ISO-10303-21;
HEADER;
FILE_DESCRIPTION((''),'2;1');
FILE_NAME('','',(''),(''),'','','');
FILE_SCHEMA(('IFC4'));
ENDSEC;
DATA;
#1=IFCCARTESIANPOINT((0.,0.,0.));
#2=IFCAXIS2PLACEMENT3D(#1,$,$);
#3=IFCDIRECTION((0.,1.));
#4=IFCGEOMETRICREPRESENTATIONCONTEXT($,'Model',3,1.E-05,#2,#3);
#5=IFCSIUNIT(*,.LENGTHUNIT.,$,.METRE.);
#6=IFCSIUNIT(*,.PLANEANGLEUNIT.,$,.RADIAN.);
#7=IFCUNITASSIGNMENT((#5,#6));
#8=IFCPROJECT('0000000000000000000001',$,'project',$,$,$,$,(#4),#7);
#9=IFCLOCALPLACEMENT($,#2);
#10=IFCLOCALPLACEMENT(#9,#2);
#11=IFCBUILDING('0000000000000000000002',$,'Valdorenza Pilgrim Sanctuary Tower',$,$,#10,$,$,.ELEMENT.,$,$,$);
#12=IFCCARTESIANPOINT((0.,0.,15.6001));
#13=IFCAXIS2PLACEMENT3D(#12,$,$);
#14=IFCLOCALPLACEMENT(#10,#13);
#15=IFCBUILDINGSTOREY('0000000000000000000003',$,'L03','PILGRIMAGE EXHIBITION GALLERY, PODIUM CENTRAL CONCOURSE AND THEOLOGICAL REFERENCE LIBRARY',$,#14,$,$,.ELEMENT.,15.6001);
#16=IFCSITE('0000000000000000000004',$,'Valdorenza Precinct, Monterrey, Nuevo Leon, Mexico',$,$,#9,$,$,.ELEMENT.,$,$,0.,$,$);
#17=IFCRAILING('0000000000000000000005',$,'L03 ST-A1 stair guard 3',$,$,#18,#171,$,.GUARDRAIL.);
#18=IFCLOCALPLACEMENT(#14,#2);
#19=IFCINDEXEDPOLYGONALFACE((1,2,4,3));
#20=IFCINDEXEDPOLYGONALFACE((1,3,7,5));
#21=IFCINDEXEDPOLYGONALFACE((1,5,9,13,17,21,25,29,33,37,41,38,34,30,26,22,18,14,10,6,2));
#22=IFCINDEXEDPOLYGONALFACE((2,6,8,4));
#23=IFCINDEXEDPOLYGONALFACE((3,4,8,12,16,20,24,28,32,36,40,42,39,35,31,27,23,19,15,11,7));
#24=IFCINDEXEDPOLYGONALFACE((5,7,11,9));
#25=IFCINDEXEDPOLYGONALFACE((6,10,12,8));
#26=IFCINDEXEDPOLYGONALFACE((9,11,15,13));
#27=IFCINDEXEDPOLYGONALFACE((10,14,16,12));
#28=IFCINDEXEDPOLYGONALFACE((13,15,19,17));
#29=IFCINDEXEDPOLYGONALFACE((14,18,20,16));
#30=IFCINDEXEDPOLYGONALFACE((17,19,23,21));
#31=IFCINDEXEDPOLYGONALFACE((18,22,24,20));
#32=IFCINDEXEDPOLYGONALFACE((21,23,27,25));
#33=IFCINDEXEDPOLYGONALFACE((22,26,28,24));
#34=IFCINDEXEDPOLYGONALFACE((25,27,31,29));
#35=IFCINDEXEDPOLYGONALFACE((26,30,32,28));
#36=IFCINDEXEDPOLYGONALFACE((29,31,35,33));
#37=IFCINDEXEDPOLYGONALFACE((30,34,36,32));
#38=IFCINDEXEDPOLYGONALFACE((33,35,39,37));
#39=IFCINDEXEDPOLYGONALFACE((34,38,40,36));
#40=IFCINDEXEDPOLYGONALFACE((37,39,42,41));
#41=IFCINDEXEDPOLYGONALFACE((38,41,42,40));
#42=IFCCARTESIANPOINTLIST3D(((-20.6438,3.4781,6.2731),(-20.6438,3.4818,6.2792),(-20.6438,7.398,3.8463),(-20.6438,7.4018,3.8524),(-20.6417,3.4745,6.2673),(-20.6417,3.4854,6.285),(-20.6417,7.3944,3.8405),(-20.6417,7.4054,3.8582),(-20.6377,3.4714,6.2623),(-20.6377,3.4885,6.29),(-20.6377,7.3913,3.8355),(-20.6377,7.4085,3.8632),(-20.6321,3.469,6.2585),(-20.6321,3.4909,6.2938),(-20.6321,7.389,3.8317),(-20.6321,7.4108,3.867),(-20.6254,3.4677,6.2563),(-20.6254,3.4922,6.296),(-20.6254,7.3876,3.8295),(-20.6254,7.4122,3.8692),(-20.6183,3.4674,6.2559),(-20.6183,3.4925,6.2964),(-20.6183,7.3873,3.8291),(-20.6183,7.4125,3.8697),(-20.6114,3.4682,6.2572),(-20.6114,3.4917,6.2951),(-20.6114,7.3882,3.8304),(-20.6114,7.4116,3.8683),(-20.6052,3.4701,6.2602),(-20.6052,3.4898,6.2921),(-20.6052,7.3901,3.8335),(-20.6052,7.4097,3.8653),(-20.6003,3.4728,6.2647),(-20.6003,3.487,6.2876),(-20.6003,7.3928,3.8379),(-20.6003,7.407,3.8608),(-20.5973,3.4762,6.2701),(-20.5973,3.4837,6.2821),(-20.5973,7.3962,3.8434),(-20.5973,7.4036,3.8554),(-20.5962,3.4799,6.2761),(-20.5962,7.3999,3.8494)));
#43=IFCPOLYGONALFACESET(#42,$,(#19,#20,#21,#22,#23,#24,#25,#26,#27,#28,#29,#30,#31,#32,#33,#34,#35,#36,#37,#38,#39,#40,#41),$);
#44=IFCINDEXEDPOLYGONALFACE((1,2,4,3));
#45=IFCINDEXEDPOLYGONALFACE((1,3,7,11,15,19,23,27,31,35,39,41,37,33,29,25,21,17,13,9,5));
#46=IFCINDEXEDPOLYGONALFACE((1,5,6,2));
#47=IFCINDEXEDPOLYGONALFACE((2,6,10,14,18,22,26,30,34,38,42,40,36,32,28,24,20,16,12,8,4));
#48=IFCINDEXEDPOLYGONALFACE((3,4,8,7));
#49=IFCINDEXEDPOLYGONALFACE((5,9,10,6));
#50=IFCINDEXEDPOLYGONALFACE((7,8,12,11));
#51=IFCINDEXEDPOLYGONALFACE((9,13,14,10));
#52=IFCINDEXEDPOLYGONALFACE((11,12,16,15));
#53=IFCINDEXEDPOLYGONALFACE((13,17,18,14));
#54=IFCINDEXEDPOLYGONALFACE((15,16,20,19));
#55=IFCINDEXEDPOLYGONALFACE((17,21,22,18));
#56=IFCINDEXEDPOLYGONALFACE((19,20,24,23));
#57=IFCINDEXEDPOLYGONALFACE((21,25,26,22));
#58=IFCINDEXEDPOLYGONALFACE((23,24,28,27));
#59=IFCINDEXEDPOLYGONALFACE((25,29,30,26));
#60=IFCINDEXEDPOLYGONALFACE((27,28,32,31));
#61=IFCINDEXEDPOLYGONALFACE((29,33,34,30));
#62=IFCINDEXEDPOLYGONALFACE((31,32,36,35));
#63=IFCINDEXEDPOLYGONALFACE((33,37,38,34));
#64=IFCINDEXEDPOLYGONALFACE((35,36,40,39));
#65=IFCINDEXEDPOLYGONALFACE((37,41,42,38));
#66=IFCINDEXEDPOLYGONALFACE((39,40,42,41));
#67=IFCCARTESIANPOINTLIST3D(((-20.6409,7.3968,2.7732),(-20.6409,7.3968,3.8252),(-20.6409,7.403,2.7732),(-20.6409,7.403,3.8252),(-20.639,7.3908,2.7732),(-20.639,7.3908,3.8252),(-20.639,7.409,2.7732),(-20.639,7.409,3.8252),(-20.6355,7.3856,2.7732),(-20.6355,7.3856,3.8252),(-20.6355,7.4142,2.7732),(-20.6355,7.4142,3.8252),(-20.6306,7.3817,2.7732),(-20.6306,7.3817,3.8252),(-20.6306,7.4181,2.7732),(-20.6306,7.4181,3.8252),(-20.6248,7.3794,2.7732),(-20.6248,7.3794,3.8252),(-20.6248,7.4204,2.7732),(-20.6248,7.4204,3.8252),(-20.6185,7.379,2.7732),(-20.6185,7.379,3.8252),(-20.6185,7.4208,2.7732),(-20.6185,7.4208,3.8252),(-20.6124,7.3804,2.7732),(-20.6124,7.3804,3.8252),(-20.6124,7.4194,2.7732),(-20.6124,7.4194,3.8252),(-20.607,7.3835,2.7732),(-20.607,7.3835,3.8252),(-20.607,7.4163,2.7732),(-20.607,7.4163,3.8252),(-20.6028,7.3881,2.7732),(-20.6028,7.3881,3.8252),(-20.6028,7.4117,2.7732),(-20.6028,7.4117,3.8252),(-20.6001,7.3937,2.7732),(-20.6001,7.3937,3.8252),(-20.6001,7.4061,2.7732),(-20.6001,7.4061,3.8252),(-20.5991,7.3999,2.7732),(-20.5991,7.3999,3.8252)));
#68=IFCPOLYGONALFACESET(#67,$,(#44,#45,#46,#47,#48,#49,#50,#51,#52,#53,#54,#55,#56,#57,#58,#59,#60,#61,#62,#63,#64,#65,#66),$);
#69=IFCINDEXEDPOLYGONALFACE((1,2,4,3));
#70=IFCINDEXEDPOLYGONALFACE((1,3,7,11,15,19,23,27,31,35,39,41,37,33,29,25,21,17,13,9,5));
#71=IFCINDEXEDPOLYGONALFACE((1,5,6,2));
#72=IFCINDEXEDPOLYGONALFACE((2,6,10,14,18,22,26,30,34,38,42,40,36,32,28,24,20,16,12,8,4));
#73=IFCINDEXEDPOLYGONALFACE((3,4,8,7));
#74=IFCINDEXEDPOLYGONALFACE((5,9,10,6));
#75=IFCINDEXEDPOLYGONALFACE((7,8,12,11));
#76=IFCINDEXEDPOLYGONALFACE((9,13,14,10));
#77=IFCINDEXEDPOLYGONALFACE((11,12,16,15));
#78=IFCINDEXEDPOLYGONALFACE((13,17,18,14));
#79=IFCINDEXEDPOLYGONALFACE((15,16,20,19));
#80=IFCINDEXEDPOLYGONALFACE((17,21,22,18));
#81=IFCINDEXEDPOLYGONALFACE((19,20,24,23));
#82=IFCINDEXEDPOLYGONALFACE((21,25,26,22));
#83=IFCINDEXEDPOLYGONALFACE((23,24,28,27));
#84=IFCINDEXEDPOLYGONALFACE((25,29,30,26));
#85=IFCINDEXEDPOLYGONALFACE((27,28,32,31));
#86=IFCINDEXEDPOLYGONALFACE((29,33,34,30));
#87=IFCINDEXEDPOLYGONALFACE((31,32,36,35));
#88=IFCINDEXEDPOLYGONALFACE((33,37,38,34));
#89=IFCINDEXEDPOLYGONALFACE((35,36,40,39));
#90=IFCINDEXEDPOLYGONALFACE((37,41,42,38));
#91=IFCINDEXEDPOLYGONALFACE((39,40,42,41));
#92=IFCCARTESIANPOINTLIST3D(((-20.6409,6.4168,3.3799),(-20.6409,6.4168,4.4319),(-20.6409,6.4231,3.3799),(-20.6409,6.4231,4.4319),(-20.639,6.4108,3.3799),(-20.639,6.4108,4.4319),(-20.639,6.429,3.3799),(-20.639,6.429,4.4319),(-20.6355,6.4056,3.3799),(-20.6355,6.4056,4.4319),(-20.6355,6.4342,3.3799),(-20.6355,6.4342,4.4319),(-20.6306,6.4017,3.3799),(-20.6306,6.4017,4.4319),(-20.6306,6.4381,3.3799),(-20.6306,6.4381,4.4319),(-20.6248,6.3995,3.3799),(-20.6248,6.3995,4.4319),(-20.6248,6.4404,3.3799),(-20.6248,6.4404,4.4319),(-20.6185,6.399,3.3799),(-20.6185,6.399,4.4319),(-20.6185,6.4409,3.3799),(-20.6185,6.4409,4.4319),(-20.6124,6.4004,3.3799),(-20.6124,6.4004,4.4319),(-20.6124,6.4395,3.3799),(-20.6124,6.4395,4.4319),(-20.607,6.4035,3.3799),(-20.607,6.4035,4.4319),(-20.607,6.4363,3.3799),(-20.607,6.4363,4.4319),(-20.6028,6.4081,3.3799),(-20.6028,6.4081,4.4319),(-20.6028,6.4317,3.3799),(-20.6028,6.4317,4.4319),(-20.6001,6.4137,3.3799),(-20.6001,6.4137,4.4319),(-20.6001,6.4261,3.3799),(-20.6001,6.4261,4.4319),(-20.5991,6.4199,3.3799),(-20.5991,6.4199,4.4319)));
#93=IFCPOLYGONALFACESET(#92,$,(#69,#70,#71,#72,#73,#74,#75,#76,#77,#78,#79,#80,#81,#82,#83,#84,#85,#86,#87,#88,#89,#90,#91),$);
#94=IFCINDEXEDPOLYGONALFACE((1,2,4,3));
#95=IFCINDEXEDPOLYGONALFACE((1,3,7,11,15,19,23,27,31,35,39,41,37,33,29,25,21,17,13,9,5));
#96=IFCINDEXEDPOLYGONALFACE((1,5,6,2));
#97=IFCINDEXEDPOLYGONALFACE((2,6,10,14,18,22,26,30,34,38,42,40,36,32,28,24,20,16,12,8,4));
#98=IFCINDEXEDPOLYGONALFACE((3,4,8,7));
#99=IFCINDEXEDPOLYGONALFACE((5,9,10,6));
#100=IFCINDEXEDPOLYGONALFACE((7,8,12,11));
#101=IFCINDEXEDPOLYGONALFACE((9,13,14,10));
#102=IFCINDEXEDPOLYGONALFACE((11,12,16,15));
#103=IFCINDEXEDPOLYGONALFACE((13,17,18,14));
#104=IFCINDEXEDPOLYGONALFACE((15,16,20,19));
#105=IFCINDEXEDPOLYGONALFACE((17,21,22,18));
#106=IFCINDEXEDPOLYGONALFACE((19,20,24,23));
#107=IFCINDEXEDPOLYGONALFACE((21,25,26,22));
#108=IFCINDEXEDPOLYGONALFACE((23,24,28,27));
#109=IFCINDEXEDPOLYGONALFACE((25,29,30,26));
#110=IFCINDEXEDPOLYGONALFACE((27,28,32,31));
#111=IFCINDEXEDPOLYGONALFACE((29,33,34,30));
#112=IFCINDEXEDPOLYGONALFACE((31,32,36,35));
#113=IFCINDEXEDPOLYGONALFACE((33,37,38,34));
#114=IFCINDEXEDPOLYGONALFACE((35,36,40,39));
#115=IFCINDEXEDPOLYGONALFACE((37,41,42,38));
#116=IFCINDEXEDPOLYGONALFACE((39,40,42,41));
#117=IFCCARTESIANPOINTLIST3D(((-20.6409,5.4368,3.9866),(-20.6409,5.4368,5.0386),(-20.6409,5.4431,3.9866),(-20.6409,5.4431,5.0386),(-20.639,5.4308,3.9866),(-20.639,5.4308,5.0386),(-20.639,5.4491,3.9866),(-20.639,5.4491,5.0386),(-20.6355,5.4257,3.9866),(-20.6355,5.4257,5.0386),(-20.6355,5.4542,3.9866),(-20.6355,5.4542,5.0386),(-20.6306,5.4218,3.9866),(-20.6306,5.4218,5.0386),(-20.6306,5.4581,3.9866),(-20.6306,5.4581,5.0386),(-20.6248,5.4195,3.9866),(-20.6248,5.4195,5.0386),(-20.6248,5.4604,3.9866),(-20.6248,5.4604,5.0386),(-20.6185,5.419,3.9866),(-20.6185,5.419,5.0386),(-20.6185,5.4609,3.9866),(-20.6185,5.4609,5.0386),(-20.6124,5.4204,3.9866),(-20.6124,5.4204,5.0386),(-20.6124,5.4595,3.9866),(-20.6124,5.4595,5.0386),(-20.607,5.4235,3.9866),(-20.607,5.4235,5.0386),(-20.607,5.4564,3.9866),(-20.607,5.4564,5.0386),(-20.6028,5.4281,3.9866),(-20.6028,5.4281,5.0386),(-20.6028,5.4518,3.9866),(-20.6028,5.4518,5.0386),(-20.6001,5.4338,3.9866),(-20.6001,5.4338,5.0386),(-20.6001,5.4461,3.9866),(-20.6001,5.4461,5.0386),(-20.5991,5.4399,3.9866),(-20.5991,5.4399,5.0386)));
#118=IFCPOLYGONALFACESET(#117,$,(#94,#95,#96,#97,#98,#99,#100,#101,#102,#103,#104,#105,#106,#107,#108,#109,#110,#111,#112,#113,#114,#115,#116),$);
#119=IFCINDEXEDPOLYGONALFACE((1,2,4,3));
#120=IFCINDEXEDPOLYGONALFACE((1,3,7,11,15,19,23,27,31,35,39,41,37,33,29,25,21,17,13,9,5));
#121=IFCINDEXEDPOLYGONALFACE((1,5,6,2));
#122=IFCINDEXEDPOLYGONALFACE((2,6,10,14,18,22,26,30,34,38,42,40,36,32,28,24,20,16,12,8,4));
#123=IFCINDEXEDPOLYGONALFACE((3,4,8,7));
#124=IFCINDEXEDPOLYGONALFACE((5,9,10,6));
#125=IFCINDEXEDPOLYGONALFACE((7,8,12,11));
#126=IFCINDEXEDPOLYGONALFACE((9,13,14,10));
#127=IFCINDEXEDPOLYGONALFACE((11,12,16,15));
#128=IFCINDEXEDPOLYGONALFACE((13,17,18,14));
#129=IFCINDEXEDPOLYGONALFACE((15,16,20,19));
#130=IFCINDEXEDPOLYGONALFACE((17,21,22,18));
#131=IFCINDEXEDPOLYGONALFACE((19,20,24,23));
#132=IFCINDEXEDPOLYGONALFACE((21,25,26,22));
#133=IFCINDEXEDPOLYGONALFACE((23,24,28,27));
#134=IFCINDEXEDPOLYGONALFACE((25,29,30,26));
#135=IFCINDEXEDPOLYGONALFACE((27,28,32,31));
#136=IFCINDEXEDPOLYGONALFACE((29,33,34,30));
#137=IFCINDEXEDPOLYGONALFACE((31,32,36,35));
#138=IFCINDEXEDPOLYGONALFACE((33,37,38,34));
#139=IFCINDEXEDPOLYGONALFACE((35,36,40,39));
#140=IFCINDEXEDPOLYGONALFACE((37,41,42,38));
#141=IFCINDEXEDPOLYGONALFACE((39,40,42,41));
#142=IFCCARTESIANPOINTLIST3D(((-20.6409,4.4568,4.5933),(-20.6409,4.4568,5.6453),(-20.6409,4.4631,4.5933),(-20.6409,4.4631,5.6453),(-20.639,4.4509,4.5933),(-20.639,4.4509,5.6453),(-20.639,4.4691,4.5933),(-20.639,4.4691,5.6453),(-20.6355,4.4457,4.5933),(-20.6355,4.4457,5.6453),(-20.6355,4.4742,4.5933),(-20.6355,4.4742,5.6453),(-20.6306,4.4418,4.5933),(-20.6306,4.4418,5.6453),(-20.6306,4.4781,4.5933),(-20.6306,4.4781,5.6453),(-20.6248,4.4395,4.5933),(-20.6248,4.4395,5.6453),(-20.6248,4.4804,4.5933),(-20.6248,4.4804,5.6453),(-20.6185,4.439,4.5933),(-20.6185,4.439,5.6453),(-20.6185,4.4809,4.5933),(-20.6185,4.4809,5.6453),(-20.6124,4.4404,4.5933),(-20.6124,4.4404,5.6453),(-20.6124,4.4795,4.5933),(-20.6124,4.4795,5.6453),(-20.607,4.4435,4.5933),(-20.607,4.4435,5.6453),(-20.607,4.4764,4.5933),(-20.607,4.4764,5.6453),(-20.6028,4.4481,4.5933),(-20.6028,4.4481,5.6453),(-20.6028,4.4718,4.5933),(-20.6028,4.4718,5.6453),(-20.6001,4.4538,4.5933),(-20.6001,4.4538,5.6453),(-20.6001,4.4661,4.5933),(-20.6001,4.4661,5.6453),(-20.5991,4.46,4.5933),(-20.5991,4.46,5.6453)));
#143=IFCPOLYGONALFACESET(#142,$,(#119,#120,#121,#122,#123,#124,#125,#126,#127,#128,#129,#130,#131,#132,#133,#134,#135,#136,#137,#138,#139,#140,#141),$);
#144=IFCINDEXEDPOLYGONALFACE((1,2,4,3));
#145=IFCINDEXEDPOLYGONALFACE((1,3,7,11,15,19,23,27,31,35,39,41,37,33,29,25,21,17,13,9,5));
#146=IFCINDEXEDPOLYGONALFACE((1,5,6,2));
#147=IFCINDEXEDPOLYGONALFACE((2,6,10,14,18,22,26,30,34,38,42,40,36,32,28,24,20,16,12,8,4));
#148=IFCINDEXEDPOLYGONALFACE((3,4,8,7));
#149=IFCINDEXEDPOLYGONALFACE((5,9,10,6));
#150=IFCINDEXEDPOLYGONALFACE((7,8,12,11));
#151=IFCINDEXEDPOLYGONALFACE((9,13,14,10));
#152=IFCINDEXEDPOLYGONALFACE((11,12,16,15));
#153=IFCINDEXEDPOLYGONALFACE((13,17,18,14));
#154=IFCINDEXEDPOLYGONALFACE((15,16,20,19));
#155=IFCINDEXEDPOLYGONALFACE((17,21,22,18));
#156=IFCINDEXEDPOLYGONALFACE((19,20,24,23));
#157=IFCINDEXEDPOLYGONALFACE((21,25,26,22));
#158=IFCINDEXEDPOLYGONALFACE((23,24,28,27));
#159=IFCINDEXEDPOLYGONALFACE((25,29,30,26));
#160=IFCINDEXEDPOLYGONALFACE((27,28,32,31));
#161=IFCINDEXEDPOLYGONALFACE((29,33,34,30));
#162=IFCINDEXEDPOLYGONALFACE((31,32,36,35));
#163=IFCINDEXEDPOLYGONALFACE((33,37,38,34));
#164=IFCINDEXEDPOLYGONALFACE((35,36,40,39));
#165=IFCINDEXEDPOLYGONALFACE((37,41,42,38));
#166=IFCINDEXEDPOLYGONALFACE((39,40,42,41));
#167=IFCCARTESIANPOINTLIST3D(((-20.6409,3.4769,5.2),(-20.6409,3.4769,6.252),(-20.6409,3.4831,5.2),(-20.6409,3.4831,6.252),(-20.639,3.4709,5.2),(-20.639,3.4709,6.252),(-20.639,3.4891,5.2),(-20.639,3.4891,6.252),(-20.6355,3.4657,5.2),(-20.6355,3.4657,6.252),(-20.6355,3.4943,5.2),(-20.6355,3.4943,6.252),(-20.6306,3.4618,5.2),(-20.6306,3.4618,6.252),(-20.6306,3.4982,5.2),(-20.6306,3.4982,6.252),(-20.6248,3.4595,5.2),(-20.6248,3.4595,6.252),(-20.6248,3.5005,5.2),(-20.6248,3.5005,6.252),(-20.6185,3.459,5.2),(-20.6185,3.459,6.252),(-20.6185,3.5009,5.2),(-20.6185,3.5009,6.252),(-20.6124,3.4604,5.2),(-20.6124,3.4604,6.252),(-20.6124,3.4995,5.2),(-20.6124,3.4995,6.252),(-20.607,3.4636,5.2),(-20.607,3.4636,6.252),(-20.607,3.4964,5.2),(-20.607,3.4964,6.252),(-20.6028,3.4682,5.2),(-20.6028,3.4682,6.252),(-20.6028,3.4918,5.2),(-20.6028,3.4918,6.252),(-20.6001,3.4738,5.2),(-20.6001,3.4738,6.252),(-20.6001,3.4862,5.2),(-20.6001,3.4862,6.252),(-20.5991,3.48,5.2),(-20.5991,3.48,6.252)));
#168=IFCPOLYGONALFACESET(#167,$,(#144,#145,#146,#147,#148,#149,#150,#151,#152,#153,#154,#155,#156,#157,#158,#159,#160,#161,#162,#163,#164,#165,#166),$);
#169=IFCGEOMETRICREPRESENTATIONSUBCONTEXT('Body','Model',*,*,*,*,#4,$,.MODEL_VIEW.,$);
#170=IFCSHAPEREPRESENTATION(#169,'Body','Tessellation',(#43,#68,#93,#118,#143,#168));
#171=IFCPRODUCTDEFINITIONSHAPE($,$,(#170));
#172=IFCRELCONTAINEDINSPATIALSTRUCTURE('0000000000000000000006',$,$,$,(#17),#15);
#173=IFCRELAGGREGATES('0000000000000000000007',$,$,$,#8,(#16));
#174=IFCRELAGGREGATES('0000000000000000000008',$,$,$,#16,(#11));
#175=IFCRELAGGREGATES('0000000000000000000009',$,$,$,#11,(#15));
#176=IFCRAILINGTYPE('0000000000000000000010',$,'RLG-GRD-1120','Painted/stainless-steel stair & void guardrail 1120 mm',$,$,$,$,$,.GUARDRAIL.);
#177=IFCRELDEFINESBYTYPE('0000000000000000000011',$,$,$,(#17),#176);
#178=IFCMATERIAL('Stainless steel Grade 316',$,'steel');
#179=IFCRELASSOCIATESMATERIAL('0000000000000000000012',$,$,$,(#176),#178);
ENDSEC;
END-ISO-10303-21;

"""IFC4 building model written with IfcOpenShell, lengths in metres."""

from ifc_helpers import new_model, si_unit, direction, frame, origin, origin_2d, place, context, subcontext, project, spatial, circle, extrude, material, type_object, element, save


model = new_model("IFC4")

# Units and contexts
model_context = context("Model", 3, precision=1e-05, world=origin(), true_north=direction((0.0, 1.0)))
body_context = subcontext(model_context, "Body", "Model", "MODEL_VIEW")
ifc_project = project(units=[si_unit("LENGTHUNIT", "METRE"), si_unit("PLANEANGLEUNIT", "RADIAN")], contexts=[model_context])

# Site, building, storey
site_placement = place(None, origin())
site = spatial("IfcSite", under=ifc_project, at=site_placement, Name="Valdorenza Precinct, Monterrey, Nuevo Leon, Mexico", CompositionType="ELEMENT", RefElevation=0.0)
building_placement = place(site_placement, origin())
building = spatial("IfcBuilding", under=site, at=building_placement, Name="Valdorenza Pilgrim Sanctuary Tower", CompositionType="ELEMENT")
storey_placement = place(building_placement, frame((0.0, 0.0, 15.6001)))
storey = spatial("IfcBuildingStorey", under=building, at=storey_placement, Name="L03", Description="PILGRIMAGE EXHIBITION GALLERY, PODIUM CENTRAL CONCOURSE AND THEOLOGICAL REFERENCE LIBRARY", CompositionType="ELEMENT", Elevation=15.6001)

# Railing
ifc_material_1 = material(Name="Stainless steel Grade 316", Category="steel")
railing_type_1 = type_object("IfcRailingType", Name="RLG-GRD-1120", Description="Painted/stainless-steel stair & void guardrail 1120 mm", PredefinedType="GUARDRAIL", material=ifc_material_1)
railing_1_placement = place(storey_placement, frame((-20.6201, 7.3999, 2.7732)))
element("IfcRailing", 1, at=railing_1_placement, inside=storey, type_object=railing_type_1, Name="L03 ST-A1 stair guard 3", PredefinedType="GUARDRAIL", context=body_context, shape_type="SweptSolid", body=[
    extrude(circle(Radius=0.0239, at=origin_2d()), frame((0.0, 0.0, 1.0762), z_axis=(0.0, -0.850252, 0.526376), x_axis=(1.0, 0.0, 0.0)), (0.0, 0.0, 1.0), 4.6104),
    extrude(circle(Radius=0.021, at=origin_2d()), origin(), (0.0, 0.0, 1.0), 1.052),
    extrude(circle(Radius=0.021, at=origin_2d()), frame((0.0, -0.98, 0.6067)), (0.0, 0.0, 1.0), 1.052),
    extrude(circle(Radius=0.021, at=origin_2d()), frame((0.0, -1.96, 1.2134)), (0.0, 0.0, 1.0), 1.052),
    extrude(circle(Radius=0.021, at=origin_2d()), frame((0.0, -2.9399, 1.8201)), (0.0, 0.0, 1.0), 1.052),
    extrude(circle(Radius=0.021, at=origin_2d()), frame((0.0, -3.9199, 2.4268)), (0.0, 0.0, 1.0), 1.052),
])

save(model, "model.ifc")
